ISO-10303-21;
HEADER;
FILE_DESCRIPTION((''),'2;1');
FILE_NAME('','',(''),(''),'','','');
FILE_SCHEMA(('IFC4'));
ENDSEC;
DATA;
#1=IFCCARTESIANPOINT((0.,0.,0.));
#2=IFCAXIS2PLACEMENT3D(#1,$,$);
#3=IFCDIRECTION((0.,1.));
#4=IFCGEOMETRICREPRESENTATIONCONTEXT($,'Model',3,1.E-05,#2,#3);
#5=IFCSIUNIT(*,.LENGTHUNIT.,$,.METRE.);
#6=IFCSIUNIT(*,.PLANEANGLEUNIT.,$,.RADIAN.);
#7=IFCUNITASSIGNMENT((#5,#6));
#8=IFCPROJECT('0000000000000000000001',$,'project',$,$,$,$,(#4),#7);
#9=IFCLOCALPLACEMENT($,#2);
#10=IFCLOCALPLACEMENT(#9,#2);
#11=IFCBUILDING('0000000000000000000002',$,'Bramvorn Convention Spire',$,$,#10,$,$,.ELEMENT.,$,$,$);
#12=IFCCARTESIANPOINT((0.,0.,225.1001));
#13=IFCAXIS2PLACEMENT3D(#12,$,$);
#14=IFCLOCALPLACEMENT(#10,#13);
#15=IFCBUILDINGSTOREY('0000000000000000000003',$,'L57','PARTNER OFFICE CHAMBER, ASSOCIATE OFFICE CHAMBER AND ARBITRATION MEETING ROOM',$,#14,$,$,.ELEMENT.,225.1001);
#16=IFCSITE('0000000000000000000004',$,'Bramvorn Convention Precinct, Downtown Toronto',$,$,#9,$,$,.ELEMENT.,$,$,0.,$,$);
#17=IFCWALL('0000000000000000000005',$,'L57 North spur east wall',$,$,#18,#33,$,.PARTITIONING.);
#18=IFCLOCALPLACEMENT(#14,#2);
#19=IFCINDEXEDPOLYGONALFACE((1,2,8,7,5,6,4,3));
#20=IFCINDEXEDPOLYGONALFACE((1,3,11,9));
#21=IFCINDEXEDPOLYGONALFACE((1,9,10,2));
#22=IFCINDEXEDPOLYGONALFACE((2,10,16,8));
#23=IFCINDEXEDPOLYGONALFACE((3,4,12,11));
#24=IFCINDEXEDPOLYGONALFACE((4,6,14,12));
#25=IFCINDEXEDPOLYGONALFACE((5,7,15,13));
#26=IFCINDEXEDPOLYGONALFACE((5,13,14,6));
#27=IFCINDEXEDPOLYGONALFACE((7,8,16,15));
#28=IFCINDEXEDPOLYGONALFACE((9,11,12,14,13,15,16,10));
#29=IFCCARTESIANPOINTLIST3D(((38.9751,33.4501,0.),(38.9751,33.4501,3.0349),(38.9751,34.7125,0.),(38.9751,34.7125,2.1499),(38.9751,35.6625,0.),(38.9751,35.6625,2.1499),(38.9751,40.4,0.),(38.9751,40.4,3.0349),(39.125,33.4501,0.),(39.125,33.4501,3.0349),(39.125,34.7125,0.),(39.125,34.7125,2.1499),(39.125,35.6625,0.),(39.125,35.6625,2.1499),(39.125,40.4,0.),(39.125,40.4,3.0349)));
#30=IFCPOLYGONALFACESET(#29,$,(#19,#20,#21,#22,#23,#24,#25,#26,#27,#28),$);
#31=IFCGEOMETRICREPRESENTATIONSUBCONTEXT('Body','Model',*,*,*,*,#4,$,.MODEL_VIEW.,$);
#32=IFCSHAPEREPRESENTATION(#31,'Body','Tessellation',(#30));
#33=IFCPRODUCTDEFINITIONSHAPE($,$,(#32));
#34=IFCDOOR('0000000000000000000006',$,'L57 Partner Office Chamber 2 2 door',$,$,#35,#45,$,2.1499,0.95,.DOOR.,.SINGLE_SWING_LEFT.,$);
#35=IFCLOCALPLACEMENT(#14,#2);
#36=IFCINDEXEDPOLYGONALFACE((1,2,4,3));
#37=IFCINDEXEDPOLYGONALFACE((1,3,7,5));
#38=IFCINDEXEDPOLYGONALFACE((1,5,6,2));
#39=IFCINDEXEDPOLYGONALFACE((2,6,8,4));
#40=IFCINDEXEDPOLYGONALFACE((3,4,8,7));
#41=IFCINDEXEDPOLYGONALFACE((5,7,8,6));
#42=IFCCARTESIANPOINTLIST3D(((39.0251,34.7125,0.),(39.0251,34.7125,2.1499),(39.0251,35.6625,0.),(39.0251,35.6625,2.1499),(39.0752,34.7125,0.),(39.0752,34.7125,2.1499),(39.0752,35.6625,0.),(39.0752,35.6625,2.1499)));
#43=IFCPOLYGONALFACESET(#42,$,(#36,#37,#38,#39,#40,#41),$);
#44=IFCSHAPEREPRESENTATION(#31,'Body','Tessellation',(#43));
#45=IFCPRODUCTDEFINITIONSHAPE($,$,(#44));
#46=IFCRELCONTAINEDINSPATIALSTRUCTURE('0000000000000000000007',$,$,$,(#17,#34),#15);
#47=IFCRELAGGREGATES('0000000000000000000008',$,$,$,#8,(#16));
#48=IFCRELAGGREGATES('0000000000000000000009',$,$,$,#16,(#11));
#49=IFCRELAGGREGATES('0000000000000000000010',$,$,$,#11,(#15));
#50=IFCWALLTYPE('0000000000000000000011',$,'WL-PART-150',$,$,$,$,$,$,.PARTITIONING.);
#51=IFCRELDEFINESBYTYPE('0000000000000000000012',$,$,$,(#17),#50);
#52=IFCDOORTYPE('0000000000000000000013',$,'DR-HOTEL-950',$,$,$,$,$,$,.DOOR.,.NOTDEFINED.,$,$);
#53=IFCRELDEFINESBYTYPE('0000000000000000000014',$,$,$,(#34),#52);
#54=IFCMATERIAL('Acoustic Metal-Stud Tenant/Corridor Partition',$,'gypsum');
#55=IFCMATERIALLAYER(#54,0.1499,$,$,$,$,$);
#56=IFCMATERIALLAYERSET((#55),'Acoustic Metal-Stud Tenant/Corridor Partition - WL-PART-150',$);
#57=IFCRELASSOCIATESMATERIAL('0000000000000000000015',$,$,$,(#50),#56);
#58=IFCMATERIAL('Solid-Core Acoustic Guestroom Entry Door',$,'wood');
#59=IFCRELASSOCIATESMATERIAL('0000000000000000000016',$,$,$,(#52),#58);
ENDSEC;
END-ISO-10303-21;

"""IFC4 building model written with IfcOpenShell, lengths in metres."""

from ifc_helpers import new_model, si_unit, direction, frame, frame_2d, origin, place, context, subcontext, project, spatial, rectangle, extrude, material, layer, layer_set, type_object, element, fill, save


model = new_model("IFC4")

# Units and contexts
model_context = context("Model", 3, precision=1e-05, world=origin(), true_north=direction((0.0, 1.0)))
body_context = subcontext(model_context, "Body", "Model", "MODEL_VIEW")
ifc_project = project(units=[si_unit("LENGTHUNIT", "METRE"), si_unit("PLANEANGLEUNIT", "RADIAN")], contexts=[model_context])

# Site, building, storey
site_placement = place(None, origin())
site = spatial("IfcSite", under=ifc_project, at=site_placement, Name="Bramvorn Convention Precinct, Downtown Toronto", CompositionType="ELEMENT", RefElevation=0.0)
building_placement = place(site_placement, origin())
building = spatial("IfcBuilding", under=site, at=building_placement, Name="Bramvorn Convention Spire", CompositionType="ELEMENT")
storey_placement = place(building_placement, frame((0.0, 0.0, 225.1001)))
storey = spatial("IfcBuildingStorey", under=building, at=storey_placement, Name="L57", Description="PARTNER OFFICE CHAMBER, ASSOCIATE OFFICE CHAMBER AND ARBITRATION MEETING ROOM", CompositionType="ELEMENT", Elevation=225.1001)

# Shared definitions
ifc_material_1 = material(Name="Acoustic Metal-Stud Tenant/Corridor Partition", Category="gypsum")
ifc_layer_1 = layer(ifc_material_1, 0.1499)
ifc_layer_set_1 = layer_set([ifc_layer_1], Name="Acoustic Metal-Stud Tenant/Corridor Partition - WL-PART-150")
wall_type_1 = type_object("IfcWallType", Name="WL-PART-150", PredefinedType="PARTITIONING", material=ifc_layer_set_1)

# Wall, opening, door
wall_1_placement = place(storey_placement, frame((39.05, 33.45, 0.0), z_axis=(0.0, 0.0, 1.0), x_axis=(0.0, 1.0, 0.0)))
wall_1 = element("IfcWall", 1, at=wall_1_placement, inside=storey, type_object=wall_type_1, Name="L57 North spur east wall", PredefinedType="PARTITIONING", context=body_context, shape_type="SweptSolid", body=[
    extrude(rectangle(XDim=6.95, YDim=0.1499, at=frame_2d((3.4751, 0.0))), origin(), (0.0, 0.0, 1.0), 3.0349),
])
opening_1_placement = place(wall_1_placement, frame((1.2625, 0.0, 0.0)))
opening_1 = element("IfcOpeningElement", 2, at=opening_1_placement, cuts=wall_1, PredefinedType="OPENING", context=body_context, shape_type="SweptSolid", body=[
    extrude(rectangle(XDim=0.95, YDim=2.1499, at=frame_2d((0.4751, 1.075))), frame((0.0, 0.085, 0.0), z_axis=(0.0, -1.0, 0.0), x_axis=(1.0, 0.0, 0.0)), (0.0, 0.0, 1.0), 0.1699),
])
ifc_material_2 = material(Name="Solid-Core Acoustic Guestroom Entry Door", Category="wood")
door_type_1 = type_object("IfcDoorType", Name="DR-HOTEL-950", OperationType="NOTDEFINED", PredefinedType="DOOR", material=ifc_material_2)
door_1_placement = place(opening_1_placement, origin())
door_1 = element("IfcDoor", 3, at=door_1_placement, inside=storey, type_object=door_type_1, Name="L57 Partner Office Chamber 2 2 door", OperationType="SINGLE_SWING_LEFT", OverallHeight=2.1499, OverallWidth=0.95, PredefinedType="DOOR", context=body_context, shape_type="SweptSolid", body=[
    extrude(rectangle(XDim=0.95, YDim=2.1499, at=frame_2d((0.4751, 1.075))), frame((0.0, 0.0249, 0.0), z_axis=(0.0, -1.0, 0.0), x_axis=(1.0, 0.0, 0.0)), (0.0, 0.0, 1.0), 0.05),
])
fill(opening_1, door_1)

save(model, "model.ifc")
